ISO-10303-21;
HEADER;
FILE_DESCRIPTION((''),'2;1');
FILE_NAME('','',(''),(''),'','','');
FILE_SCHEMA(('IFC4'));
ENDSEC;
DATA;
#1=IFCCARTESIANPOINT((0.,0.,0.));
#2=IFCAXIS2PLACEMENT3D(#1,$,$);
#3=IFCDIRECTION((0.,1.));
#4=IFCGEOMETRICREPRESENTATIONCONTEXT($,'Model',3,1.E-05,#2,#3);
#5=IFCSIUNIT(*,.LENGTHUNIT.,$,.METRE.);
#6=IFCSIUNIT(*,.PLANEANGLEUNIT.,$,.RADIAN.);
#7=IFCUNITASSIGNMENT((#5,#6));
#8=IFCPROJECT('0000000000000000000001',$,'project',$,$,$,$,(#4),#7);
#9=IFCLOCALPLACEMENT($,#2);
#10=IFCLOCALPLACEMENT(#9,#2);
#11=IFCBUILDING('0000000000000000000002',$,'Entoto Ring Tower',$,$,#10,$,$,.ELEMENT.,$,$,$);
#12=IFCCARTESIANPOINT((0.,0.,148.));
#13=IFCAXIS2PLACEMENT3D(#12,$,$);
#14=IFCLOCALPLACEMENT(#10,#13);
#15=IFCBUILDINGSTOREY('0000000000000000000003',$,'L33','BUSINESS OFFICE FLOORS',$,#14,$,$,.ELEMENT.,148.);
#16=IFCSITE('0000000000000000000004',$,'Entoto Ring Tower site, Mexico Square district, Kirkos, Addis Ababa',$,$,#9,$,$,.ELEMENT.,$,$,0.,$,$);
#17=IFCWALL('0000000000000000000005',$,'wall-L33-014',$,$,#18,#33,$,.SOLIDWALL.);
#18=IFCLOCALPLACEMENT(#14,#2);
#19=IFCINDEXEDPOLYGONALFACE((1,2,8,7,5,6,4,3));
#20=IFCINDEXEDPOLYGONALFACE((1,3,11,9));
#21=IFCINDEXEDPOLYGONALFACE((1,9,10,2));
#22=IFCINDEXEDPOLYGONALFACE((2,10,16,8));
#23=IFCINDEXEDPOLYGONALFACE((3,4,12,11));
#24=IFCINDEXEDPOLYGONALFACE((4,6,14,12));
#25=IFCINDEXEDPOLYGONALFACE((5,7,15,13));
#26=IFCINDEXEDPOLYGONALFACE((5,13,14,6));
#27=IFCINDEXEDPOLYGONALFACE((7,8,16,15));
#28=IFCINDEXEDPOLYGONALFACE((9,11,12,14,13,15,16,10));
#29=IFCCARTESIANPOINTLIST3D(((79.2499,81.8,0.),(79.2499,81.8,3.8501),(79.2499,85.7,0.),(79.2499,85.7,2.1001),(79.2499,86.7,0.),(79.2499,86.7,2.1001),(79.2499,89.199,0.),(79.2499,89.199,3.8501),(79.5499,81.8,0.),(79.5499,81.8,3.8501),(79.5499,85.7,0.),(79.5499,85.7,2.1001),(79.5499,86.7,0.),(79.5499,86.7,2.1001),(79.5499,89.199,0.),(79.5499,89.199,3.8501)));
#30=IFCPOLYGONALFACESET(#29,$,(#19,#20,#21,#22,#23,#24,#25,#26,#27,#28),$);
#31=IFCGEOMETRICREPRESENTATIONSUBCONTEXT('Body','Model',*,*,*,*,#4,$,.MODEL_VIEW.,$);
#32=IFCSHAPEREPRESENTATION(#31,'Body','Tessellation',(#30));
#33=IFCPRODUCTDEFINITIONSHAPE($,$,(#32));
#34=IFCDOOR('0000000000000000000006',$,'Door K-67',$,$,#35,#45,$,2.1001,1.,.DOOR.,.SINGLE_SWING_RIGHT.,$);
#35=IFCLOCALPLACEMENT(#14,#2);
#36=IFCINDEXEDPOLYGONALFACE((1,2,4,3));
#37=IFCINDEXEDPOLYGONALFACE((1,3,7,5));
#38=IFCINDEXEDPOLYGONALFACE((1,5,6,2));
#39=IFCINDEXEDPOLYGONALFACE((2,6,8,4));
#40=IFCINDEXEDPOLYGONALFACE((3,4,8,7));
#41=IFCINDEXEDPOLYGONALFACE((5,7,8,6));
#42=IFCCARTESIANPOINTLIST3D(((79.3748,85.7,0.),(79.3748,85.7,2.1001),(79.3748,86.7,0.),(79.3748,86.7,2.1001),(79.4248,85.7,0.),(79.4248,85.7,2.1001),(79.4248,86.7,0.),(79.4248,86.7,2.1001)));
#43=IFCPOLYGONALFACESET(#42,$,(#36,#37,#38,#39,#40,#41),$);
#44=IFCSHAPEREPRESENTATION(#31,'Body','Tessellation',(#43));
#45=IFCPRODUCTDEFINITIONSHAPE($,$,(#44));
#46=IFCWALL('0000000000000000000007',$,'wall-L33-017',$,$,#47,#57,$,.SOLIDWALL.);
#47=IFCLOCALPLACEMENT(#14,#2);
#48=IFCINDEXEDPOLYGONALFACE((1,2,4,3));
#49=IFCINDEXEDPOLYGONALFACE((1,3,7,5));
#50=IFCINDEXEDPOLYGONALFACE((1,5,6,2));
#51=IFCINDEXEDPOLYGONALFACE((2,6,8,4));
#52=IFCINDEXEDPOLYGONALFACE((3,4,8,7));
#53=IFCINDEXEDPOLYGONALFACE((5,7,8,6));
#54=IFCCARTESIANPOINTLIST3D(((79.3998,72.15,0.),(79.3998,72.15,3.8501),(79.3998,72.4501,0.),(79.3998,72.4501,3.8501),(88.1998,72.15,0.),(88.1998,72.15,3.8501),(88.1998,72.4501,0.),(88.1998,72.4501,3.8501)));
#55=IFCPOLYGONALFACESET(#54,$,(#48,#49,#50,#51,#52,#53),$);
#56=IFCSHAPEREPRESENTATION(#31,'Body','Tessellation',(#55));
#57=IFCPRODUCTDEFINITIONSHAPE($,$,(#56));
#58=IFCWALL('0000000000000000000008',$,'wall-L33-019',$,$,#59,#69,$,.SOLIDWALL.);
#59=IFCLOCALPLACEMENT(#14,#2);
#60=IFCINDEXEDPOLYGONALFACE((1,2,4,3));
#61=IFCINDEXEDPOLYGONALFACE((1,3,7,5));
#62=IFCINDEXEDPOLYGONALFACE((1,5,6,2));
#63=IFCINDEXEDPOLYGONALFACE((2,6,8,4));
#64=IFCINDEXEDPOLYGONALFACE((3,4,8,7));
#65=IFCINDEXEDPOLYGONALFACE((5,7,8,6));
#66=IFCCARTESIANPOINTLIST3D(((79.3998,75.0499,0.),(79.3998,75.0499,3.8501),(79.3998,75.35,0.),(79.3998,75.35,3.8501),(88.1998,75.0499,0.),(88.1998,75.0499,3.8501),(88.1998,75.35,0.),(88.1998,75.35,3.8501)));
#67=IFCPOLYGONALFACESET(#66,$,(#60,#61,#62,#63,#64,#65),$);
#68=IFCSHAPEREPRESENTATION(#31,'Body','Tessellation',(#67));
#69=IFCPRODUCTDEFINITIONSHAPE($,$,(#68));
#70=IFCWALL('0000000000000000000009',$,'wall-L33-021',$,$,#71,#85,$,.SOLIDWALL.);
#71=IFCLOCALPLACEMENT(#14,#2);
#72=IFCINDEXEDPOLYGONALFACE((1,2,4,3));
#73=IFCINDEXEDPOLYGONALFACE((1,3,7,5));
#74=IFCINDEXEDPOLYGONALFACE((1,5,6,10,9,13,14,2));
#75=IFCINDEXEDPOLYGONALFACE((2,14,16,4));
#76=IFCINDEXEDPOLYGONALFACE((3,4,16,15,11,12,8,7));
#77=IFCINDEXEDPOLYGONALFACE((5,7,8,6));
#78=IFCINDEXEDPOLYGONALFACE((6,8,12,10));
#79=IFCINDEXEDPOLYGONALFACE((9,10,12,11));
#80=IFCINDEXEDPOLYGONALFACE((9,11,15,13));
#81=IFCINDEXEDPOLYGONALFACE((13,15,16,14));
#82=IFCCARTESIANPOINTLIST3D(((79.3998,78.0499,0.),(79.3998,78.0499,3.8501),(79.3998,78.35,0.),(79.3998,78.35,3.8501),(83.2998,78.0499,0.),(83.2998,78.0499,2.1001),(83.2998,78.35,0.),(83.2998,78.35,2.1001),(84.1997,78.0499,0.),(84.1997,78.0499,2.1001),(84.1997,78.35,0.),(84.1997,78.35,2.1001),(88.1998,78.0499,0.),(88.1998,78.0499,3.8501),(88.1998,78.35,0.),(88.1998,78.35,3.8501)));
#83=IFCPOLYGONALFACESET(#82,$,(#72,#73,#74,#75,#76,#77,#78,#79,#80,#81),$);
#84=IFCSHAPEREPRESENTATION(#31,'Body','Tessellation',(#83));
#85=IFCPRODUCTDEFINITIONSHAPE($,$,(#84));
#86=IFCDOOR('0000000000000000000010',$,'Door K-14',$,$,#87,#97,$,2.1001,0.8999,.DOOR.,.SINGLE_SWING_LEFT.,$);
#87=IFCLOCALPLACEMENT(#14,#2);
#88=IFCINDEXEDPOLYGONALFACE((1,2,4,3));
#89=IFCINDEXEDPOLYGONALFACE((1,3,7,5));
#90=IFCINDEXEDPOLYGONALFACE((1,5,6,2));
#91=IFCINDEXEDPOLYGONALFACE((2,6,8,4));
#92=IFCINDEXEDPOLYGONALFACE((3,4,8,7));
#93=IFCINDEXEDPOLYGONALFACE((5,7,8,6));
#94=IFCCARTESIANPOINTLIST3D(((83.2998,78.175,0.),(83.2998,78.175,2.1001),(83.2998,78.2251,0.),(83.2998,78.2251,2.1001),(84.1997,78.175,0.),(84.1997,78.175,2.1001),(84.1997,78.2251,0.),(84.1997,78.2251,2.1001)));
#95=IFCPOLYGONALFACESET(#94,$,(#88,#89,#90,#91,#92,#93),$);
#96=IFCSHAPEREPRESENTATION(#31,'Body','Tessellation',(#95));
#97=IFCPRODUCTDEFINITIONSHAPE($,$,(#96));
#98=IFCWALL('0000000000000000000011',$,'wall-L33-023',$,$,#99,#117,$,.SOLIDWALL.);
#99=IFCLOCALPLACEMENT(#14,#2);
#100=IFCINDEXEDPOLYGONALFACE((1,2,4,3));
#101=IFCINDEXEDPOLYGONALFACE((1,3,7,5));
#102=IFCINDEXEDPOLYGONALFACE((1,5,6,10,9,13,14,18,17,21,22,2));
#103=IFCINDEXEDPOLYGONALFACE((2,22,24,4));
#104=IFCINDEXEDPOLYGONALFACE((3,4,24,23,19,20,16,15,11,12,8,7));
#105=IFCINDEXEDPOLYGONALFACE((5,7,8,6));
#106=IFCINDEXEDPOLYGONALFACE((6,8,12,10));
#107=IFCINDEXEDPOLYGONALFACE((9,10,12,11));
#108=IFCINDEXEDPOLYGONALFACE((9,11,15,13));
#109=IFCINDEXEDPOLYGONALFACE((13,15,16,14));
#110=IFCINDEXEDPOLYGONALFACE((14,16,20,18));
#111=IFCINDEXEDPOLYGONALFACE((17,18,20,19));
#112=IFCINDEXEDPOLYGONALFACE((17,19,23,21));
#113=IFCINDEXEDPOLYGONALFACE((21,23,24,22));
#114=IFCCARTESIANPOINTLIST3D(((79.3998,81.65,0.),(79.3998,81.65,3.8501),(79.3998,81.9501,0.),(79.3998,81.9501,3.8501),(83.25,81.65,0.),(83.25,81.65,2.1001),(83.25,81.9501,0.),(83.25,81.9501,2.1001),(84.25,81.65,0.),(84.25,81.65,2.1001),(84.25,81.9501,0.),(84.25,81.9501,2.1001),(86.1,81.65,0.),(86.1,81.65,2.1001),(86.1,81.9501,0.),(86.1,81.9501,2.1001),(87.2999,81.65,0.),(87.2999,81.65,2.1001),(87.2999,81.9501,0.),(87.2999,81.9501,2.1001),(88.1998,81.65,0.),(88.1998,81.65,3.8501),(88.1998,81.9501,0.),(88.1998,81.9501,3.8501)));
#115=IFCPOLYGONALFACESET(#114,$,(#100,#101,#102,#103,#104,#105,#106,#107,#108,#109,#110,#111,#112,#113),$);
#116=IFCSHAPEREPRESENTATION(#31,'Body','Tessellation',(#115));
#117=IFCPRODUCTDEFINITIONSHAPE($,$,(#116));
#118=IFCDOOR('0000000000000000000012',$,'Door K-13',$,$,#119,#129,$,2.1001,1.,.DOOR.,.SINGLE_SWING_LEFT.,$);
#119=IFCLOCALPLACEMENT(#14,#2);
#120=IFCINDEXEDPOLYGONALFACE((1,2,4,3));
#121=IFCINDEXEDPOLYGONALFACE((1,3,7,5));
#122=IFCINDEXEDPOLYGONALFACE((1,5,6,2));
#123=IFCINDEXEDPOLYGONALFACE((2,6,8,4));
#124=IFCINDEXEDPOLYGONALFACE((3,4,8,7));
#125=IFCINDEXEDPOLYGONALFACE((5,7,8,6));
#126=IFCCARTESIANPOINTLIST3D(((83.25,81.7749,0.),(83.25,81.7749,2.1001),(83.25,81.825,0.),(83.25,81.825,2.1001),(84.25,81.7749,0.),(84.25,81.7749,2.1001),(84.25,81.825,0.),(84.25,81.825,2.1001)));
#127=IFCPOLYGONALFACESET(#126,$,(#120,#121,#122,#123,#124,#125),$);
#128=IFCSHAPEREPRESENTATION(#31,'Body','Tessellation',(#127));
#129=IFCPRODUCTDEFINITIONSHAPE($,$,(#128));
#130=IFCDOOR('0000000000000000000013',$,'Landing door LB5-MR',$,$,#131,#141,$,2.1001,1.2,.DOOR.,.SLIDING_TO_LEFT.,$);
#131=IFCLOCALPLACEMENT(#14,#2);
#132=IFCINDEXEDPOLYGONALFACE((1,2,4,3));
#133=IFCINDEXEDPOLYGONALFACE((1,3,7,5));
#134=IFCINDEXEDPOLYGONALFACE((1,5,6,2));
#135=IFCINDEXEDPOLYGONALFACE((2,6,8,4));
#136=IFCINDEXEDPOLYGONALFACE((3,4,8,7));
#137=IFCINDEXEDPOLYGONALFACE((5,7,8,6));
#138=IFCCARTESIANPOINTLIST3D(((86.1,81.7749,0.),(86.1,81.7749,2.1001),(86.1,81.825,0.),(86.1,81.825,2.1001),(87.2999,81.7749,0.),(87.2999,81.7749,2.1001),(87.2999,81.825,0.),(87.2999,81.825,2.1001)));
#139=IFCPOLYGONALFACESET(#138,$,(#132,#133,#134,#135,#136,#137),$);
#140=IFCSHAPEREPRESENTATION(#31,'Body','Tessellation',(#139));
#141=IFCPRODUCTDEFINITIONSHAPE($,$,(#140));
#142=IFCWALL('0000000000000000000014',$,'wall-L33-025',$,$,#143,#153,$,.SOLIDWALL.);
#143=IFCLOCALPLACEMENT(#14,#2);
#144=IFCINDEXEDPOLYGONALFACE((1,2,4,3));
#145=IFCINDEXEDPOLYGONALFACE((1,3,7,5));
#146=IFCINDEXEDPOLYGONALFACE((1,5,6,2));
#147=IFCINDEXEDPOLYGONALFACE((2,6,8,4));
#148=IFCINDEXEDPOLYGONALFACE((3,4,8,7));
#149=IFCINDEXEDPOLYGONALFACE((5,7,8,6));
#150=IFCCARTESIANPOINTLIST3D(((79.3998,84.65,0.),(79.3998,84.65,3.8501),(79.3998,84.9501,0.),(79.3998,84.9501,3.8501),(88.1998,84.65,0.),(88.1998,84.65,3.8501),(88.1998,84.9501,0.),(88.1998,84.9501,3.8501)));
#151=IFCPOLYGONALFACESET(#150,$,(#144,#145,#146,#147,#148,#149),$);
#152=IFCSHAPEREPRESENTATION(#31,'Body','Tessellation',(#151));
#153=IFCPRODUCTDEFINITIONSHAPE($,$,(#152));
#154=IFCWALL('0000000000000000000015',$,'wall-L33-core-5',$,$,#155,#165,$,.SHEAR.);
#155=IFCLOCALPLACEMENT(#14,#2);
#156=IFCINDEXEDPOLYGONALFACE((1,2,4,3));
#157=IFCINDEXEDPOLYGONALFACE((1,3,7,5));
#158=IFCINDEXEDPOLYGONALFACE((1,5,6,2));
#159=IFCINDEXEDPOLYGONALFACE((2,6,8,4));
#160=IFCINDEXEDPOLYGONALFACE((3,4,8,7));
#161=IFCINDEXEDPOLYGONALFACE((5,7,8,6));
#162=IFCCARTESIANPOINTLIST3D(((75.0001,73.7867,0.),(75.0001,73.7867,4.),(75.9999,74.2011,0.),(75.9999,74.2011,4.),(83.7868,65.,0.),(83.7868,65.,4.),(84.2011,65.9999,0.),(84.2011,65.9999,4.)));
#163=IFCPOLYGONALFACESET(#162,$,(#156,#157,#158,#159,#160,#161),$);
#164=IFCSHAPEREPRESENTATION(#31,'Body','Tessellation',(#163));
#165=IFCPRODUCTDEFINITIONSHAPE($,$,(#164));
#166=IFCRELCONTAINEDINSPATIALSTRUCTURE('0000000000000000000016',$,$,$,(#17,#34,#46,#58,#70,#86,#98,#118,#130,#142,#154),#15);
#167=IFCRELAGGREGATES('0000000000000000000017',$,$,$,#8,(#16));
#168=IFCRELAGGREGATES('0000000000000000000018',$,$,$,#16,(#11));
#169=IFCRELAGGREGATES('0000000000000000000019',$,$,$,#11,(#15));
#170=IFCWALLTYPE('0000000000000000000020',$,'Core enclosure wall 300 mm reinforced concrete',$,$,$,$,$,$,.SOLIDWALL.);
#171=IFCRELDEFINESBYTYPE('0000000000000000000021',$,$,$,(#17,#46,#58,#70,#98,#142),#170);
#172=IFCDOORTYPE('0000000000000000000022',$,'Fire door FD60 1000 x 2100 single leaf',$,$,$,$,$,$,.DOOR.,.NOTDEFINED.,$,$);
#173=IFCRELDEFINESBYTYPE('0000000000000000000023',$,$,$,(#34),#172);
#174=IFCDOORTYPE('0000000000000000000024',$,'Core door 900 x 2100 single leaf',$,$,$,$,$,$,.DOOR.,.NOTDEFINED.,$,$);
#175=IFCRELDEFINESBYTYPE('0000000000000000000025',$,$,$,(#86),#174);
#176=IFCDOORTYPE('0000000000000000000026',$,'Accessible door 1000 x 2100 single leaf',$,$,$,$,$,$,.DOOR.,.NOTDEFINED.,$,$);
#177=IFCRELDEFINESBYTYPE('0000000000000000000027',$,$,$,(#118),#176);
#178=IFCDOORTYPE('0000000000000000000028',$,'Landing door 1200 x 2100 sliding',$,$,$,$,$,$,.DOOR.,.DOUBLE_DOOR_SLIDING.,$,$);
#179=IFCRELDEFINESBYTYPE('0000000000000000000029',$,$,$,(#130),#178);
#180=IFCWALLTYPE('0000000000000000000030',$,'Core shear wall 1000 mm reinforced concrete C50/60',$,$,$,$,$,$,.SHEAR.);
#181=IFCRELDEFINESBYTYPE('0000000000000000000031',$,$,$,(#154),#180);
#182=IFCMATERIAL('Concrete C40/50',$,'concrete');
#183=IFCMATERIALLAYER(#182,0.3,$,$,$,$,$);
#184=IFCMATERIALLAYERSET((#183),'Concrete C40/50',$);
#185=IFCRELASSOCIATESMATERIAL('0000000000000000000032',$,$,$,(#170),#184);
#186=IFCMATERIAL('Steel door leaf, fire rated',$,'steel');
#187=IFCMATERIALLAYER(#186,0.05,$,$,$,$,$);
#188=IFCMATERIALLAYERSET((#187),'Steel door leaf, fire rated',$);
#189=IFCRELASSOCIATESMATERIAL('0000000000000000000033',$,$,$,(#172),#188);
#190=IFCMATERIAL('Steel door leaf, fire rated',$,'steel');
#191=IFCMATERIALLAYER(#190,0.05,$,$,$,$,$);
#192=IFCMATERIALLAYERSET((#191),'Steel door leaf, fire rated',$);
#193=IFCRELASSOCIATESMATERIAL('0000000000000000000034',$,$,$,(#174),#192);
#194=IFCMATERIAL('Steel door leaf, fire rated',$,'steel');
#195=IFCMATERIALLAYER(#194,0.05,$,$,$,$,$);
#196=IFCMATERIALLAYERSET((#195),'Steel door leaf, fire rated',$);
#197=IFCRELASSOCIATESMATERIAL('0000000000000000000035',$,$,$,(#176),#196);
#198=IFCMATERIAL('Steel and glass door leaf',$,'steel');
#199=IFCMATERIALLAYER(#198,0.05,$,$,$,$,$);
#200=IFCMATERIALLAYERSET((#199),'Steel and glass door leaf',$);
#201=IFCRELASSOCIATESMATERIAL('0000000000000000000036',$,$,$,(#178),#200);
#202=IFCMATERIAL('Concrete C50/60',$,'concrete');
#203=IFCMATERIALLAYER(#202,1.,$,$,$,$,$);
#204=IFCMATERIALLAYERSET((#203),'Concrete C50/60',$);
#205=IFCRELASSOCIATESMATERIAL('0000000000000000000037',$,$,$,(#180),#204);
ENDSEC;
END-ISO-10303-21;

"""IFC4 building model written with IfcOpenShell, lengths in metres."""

from ifc_helpers import new_model, si_unit, direction, frame, frame_2d, origin, place, context, subcontext, project, spatial, polyline, rectangle, outline, extrude, material, layer, layer_set, type_object, element, fill, save


model = new_model("IFC4")

# Units and contexts
model_context = context("Model", 3, precision=1e-05, world=origin(), true_north=direction((0.0, 1.0)))
body_context = subcontext(model_context, "Body", "Model", "MODEL_VIEW")
ifc_project = project(units=[si_unit("LENGTHUNIT", "METRE"), si_unit("PLANEANGLEUNIT", "RADIAN")], contexts=[model_context])

# Site, building, storey
site_placement = place(None, origin())
site = spatial("IfcSite", under=ifc_project, at=site_placement, Name="Entoto Ring Tower site, Mexico Square district, Kirkos, Addis Ababa", CompositionType="ELEMENT", RefElevation=0.0)
building_placement = place(site_placement, origin())
building = spatial("IfcBuilding", under=site, at=building_placement, Name="Entoto Ring Tower", CompositionType="ELEMENT")
storey_placement = place(building_placement, frame((0.0, 0.0, 148.0)))
storey = spatial("IfcBuildingStorey", under=building, at=storey_placement, Name="L33", Description="BUSINESS OFFICE FLOORS", CompositionType="ELEMENT", Elevation=148.0)

# Shared definitions
ifc_material_1 = material(Name="Concrete C40/50", Category="concrete")
ifc_layer_1 = layer(ifc_material_1, 0.3)
ifc_layer_set_1 = layer_set([ifc_layer_1], Name="Concrete C40/50")
wall_type_1 = type_object("IfcWallType", Name="Core enclosure wall 300 mm reinforced concrete", PredefinedType="SOLIDWALL", material=ifc_layer_set_1)

# Wall, opening, door
wall_1_placement = place(storey_placement, frame((79.3999, 81.8, 0.0), z_axis=(0.0, 0.0, 1.0), x_axis=(0.0, 1.0, 0.0)))
wall_1 = element("IfcWall", 1, at=wall_1_placement, inside=storey, type_object=wall_type_1, Name="wall-L33-014", PredefinedType="SOLIDWALL", context=body_context, shape_type="SweptSolid", body=[
    extrude(rectangle(XDim=7.3989, YDim=0.3, at=frame_2d((3.6995, 0.0))), origin(), (0.0, 0.0, 1.0), 3.8501),
])
opening_1_placement = place(wall_1_placement, frame((3.8999, 0.0, 0.0)))
opening_1 = element("IfcOpeningElement", 2, at=opening_1_placement, cuts=wall_1, PredefinedType="OPENING", context=body_context, shape_type="SweptSolid", body=[
    extrude(rectangle(XDim=1.0, YDim=2.1001, at=frame_2d((0.5, 1.05))), frame((0.0, 0.1602, 0.0), z_axis=(0.0, -1.0, 0.0), x_axis=(1.0, 0.0, 0.0)), (0.0, 0.0, 1.0), 0.3201),
])
ifc_material_2 = material(Name="Steel door leaf, fire rated", Category="steel")
ifc_layer_2 = layer(ifc_material_2, 0.05)
ifc_layer_set_2 = layer_set([ifc_layer_2], Name="Steel door leaf, fire rated")
door_type_1 = type_object("IfcDoorType", Name="Fire door FD60 1000 x 2100 single leaf", OperationType="NOTDEFINED", PredefinedType="DOOR", material=ifc_layer_set_2)
door_1_placement = place(opening_1_placement, frame((1.0, 0.0, 0.0), z_axis=(0.0, 0.0, 1.0), x_axis=(-1.0, 0.0, 0.0)))
door_1 = element("IfcDoor", 3, at=door_1_placement, inside=storey, type_object=door_type_1, Name="Door K-67", OperationType="SINGLE_SWING_RIGHT", OverallHeight=2.1001, OverallWidth=1.0, PredefinedType="DOOR", context=body_context, shape_type="SweptSolid", body=[
    extrude(rectangle(XDim=1.0, YDim=2.1001, at=frame_2d((0.5, 1.05))), frame((0.0, 0.0249, 0.0), z_axis=(0.0, -1.0, 0.0), x_axis=(1.0, 0.0, 0.0)), (0.0, 0.0, 1.0), 0.05),
])
fill(opening_1, door_1)

# Walls
for number, where, z_axis, x_axis, name in (
    (4, (79.3999, 72.3, 0.0), (0.0, 0.0, 1.0), (1.0, 0.0, 0.0), "wall-L33-017"),
    (5, (79.3999, 75.2, 0.0), (0.0, 0.0, 1.0), (1.0, 0.0, 0.0), "wall-L33-019"),
):
    element("IfcWall", number, at=place(storey_placement, frame(where, z_axis=z_axis, x_axis=x_axis)), inside=storey, type_object=wall_type_1, Name=name, PredefinedType="SOLIDWALL", context=body_context, shape_type="SweptSolid", body=[
        extrude(rectangle(XDim=8.8, YDim=0.3, at=frame_2d((4.3999, 0.0))), origin(), (0.0, 0.0, 1.0), 3.8501),
    ])

# Wall, opening, door
wall_2_placement = place(storey_placement, frame((79.3999, 78.2, 0.0), z_axis=(0.0, 0.0, 1.0), x_axis=(1.0, 0.0, 0.0)))
wall_2 = element("IfcWall", 6, at=wall_2_placement, inside=storey, type_object=wall_type_1, Name="wall-L33-021", PredefinedType="SOLIDWALL", context=body_context, shape_type="SweptSolid", body=[
    extrude(rectangle(XDim=8.8, YDim=0.3, at=frame_2d((4.3999, 0.0))), origin(), (0.0, 0.0, 1.0), 3.8501),
])
opening_2_placement = place(wall_2_placement, frame((3.8999, 0.0, 0.0)))
opening_2 = element("IfcOpeningElement", 7, at=opening_2_placement, cuts=wall_2, PredefinedType="OPENING", context=body_context, shape_type="SweptSolid", body=[
    extrude(rectangle(XDim=0.8999, YDim=2.1001, at=frame_2d((0.45, 1.05))), frame((0.0, 0.1602, 0.0), z_axis=(0.0, -1.0, 0.0), x_axis=(1.0, 0.0, 0.0)), (0.0, 0.0, 1.0), 0.3201),
])
ifc_material_3 = material(Name="Steel door leaf, fire rated", Category="steel")
ifc_layer_3 = layer(ifc_material_3, 0.05)
ifc_layer_set_3 = layer_set([ifc_layer_3], Name="Steel door leaf, fire rated")
door_type_2 = type_object("IfcDoorType", Name="Core door 900 x 2100 single leaf", OperationType="NOTDEFINED", PredefinedType="DOOR", material=ifc_layer_set_3)
door_2_placement = place(opening_2_placement, frame((0.8999, 0.0, 0.0), z_axis=(0.0, 0.0, 1.0), x_axis=(-1.0, 0.0, 0.0)))
door_2 = element("IfcDoor", 8, at=door_2_placement, inside=storey, type_object=door_type_2, Name="Door K-14", OperationType="SINGLE_SWING_LEFT", OverallHeight=2.1001, OverallWidth=0.8999, PredefinedType="DOOR", context=body_context, shape_type="SweptSolid", body=[
    extrude(rectangle(XDim=0.8999, YDim=2.1001, at=frame_2d((0.45, 1.05))), frame((0.0, 0.0249, 0.0), z_axis=(0.0, -1.0, 0.0), x_axis=(1.0, 0.0, 0.0)), (0.0, 0.0, 1.0), 0.05),
])
fill(opening_2, door_2)

# Wall, openings, doors
wall_3_placement = place(storey_placement, frame((79.3999, 81.8, 0.0), z_axis=(0.0, 0.0, 1.0), x_axis=(1.0, 0.0, 0.0)))
wall_3 = element("IfcWall", 9, at=wall_3_placement, inside=storey, type_object=wall_type_1, Name="wall-L33-023", PredefinedType="SOLIDWALL", context=body_context, shape_type="SweptSolid", body=[
    extrude(rectangle(XDim=8.8, YDim=0.3, at=frame_2d((4.3999, 0.0))), origin(), (0.0, 0.0, 1.0), 3.8501),
])
opening_3_placement = place(wall_3_placement, frame((6.7, 0.0, 0.0)))
opening_3 = element("IfcOpeningElement", 10, at=opening_3_placement, cuts=wall_3, PredefinedType="OPENING", context=body_context, shape_type="SweptSolid", body=[
    extrude(rectangle(XDim=1.2, YDim=2.1001, at=frame_2d((0.6001, 1.05))), frame((0.0, 0.1602, 0.0), z_axis=(0.0, -1.0, 0.0), x_axis=(1.0, 0.0, 0.0)), (0.0, 0.0, 1.0), 0.3201),
])
opening_4_placement = place(wall_3_placement, frame((3.8501, 0.0, 0.0)))
opening_4 = element("IfcOpeningElement", 11, at=opening_4_placement, cuts=wall_3, PredefinedType="OPENING", context=body_context, shape_type="SweptSolid", body=[
    extrude(rectangle(XDim=1.0, YDim=2.1001, at=frame_2d((0.5, 1.05))), frame((0.0, 0.1602, 0.0), z_axis=(0.0, -1.0, 0.0), x_axis=(1.0, 0.0, 0.0)), (0.0, 0.0, 1.0), 0.3201),
])
ifc_material_4 = material(Name="Steel door leaf, fire rated", Category="steel")
ifc_layer_4 = layer(ifc_material_4, 0.05)
ifc_layer_set_4 = layer_set([ifc_layer_4], Name="Steel door leaf, fire rated")
door_type_3 = type_object("IfcDoorType", Name="Accessible door 1000 x 2100 single leaf", OperationType="NOTDEFINED", PredefinedType="DOOR", material=ifc_layer_set_4)
door_3_placement = place(opening_4_placement, origin())
door_3 = element("IfcDoor", 12, at=door_3_placement, inside=storey, type_object=door_type_3, Name="Door K-13", OperationType="SINGLE_SWING_LEFT", OverallHeight=2.1001, OverallWidth=1.0, PredefinedType="DOOR", context=body_context, shape_type="SweptSolid", body=[
    extrude(rectangle(XDim=1.0, YDim=2.1001, at=frame_2d((0.5, 1.05))), frame((0.0, 0.0249, 0.0), z_axis=(0.0, -1.0, 0.0), x_axis=(1.0, 0.0, 0.0)), (0.0, 0.0, 1.0), 0.05),
])
fill(opening_4, door_3)
ifc_material_5 = material(Name="Steel and glass door leaf", Category="steel")
ifc_layer_5 = layer(ifc_material_5, 0.05)
ifc_layer_set_5 = layer_set([ifc_layer_5], Name="Steel and glass door leaf")
door_type_4 = type_object("IfcDoorType", Name="Landing door 1200 x 2100 sliding", OperationType="DOUBLE_DOOR_SLIDING", PredefinedType="DOOR", material=ifc_layer_set_5)
door_4_placement = place(opening_3_placement, origin())
door_4 = element("IfcDoor", 13, at=door_4_placement, inside=storey, type_object=door_type_4, Name="Landing door LB5-MR", OperationType="SLIDING_TO_LEFT", OverallHeight=2.1001, OverallWidth=1.2, PredefinedType="DOOR", context=body_context, shape_type="SweptSolid", body=[
    extrude(rectangle(XDim=1.2, YDim=2.1001, at=frame_2d((0.6001, 1.05))), frame((0.0, 0.0249, 0.0), z_axis=(0.0, -1.0, 0.0), x_axis=(1.0, 0.0, 0.0)), (0.0, 0.0, 1.0), 0.05),
])
fill(opening_3, door_4)

# Walls
wall_4_placement = place(storey_placement, frame((79.3999, 84.8, 0.0), z_axis=(0.0, 0.0, 1.0), x_axis=(1.0, 0.0, 0.0)))
element("IfcWall", 14, at=wall_4_placement, inside=storey, type_object=wall_type_1, Name="wall-L33-025", PredefinedType="SOLIDWALL", context=body_context, shape_type="SweptSolid", body=[
    extrude(rectangle(XDim=8.8, YDim=0.3, at=frame_2d((4.3999, 0.0))), origin(), (0.0, 0.0, 1.0), 3.8501),
])
ifc_material_6 = material(Name="Concrete C50/60", Category="concrete")
ifc_layer_6 = layer(ifc_material_6, 1.0)
ifc_layer_set_6 = layer_set([ifc_layer_6], Name="Concrete C50/60")
wall_type_2 = type_object("IfcWallType", Name="Core shear wall 1000 mm reinforced concrete C50/60", PredefinedType="SHEAR", material=ifc_layer_set_6)
wall_5_placement = place(storey_placement, frame((75.5, 73.9939, 0.0), z_axis=(0.0, 0.0, 1.0), x_axis=(0.707107, -0.707107, 0.0)))
element("IfcWall", 15, at=wall_5_placement, inside=storey, type_object=wall_type_2, Name="wall-L33-core-5", PredefinedType="SHEAR", context=body_context, shape_type="SweptSolid", body=[
    extrude(outline(polyline([(-0.207, -0.5), (12.2192, -0.5), (11.8052, 0.5), (0.207, 0.5), (-0.207, -0.5)])), origin(), (0.0, 0.0, 1.0), 4.0),
])

save(model, "model.ifc")
